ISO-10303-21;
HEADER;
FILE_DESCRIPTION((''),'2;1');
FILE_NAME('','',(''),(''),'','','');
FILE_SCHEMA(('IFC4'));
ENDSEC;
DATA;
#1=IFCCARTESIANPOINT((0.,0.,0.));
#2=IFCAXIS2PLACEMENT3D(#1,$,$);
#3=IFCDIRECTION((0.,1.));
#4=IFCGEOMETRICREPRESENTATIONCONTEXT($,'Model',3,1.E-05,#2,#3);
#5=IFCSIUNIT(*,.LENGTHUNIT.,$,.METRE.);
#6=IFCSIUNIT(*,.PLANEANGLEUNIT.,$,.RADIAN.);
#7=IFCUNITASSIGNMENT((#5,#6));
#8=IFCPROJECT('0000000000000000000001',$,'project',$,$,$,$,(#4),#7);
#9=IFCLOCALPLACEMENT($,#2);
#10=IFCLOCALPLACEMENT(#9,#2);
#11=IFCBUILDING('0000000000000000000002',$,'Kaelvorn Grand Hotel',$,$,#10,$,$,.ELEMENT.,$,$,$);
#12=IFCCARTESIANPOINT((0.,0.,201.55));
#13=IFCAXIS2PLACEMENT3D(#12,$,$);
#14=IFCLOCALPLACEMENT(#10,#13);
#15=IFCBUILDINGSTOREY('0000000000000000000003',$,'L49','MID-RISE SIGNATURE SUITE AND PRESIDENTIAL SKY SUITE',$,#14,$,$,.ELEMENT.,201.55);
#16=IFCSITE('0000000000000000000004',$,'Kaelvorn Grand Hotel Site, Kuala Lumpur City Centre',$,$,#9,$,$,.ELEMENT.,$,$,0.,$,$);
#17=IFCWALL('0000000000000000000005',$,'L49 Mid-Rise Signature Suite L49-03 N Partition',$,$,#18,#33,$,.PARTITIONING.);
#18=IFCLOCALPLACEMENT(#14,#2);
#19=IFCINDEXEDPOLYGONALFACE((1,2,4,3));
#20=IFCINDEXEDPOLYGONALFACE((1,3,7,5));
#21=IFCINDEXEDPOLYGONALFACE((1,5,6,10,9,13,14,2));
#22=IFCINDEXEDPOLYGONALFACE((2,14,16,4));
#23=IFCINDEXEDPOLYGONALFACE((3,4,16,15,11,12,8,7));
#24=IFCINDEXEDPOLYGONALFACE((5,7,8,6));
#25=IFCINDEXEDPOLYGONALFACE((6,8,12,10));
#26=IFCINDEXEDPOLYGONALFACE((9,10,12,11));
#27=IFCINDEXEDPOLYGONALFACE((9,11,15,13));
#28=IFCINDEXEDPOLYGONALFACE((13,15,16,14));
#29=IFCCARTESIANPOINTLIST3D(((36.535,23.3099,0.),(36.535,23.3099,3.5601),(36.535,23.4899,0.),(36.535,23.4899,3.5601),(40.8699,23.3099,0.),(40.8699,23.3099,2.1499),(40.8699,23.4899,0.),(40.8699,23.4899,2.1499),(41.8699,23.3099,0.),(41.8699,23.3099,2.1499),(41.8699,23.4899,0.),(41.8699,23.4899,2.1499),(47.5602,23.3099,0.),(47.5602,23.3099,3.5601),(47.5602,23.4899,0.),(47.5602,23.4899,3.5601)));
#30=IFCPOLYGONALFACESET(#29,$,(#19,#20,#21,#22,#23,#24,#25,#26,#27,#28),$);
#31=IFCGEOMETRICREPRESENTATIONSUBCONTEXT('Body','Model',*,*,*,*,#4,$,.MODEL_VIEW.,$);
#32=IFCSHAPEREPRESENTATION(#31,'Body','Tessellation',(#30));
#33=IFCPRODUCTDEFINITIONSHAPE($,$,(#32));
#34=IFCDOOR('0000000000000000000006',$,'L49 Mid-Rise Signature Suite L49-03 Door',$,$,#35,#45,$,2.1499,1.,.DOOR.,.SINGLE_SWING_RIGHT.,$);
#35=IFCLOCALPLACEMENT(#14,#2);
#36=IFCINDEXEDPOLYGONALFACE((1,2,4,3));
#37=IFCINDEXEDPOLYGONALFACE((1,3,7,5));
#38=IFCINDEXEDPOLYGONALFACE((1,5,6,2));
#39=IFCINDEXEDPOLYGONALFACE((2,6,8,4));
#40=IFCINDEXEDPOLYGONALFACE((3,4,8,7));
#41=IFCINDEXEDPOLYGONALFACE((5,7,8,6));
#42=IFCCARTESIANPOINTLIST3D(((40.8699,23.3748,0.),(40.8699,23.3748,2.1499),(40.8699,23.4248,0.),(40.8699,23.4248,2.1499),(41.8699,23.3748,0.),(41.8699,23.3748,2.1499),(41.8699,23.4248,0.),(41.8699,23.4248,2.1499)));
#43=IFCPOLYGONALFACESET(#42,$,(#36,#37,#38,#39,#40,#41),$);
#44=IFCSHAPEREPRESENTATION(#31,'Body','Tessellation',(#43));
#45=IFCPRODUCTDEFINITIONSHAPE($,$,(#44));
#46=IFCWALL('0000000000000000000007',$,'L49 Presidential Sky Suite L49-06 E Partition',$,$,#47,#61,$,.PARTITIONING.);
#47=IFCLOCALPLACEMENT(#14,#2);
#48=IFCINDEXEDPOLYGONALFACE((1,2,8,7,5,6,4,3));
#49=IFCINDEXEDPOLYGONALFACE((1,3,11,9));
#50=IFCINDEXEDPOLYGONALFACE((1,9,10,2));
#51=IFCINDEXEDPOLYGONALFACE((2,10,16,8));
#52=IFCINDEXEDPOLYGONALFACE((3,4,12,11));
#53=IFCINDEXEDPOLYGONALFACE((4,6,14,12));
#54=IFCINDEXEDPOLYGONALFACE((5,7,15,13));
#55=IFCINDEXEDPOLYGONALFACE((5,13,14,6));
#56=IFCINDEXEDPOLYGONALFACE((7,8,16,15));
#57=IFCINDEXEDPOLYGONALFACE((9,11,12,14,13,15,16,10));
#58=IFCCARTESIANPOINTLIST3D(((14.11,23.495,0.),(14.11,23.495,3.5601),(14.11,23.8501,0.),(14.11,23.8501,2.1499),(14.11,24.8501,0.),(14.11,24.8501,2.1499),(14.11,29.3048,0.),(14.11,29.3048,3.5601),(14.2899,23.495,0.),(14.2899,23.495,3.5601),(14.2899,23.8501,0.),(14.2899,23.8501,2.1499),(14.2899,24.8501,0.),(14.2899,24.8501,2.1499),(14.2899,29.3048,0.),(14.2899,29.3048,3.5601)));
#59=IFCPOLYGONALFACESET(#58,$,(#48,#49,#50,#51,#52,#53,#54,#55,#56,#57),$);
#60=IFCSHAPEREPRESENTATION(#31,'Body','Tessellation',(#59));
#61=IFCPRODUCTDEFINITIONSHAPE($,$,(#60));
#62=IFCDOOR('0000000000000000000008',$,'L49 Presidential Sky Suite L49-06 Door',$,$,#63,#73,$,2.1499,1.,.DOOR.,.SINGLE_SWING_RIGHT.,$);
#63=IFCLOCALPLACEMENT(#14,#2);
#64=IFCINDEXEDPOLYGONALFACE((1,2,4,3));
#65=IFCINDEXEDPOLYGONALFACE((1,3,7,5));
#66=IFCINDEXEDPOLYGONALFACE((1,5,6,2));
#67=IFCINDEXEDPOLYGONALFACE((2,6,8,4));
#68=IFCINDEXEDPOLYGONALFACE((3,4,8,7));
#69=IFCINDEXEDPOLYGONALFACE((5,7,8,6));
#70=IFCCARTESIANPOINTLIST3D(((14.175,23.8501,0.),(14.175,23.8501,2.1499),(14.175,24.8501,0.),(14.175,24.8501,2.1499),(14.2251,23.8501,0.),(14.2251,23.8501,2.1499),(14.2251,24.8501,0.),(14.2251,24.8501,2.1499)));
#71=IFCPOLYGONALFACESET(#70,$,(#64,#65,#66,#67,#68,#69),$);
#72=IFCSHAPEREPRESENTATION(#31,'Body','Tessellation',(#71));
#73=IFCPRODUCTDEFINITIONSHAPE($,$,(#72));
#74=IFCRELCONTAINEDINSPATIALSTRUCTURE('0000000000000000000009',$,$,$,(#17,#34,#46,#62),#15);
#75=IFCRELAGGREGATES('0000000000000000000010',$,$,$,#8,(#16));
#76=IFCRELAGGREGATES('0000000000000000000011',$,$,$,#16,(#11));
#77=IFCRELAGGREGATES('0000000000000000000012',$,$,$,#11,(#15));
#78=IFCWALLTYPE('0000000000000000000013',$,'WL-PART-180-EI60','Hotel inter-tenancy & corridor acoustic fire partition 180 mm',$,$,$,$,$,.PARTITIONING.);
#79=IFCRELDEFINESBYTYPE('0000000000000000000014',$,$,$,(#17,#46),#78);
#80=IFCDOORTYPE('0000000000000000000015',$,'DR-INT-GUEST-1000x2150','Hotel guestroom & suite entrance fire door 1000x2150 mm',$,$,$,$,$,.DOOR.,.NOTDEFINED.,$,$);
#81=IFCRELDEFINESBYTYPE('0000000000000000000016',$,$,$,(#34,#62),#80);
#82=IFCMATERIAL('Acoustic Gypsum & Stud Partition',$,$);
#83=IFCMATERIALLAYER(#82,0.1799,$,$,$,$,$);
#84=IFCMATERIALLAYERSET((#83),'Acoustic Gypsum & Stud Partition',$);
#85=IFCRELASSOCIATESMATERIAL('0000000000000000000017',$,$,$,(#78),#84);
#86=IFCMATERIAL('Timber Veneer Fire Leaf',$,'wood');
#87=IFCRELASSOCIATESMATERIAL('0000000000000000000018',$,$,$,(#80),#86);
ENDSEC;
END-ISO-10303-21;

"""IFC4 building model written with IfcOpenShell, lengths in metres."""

from ifc_helpers import new_model, si_unit, direction, frame, frame_2d, origin, place, context, subcontext, project, spatial, rectangle, extrude, material, layer, layer_set, type_object, element, fill, save


model = new_model("IFC4")

# Units and contexts
model_context = context("Model", 3, precision=1e-05, world=origin(), true_north=direction((0.0, 1.0)))
body_context = subcontext(model_context, "Body", "Model", "MODEL_VIEW")
ifc_project = project(units=[si_unit("LENGTHUNIT", "METRE"), si_unit("PLANEANGLEUNIT", "RADIAN")], contexts=[model_context])

# Site, building, storey
site_placement = place(None, origin())
site = spatial("IfcSite", under=ifc_project, at=site_placement, Name="Kaelvorn Grand Hotel Site, Kuala Lumpur City Centre", CompositionType="ELEMENT", RefElevation=0.0)
building_placement = place(site_placement, origin())
building = spatial("IfcBuilding", under=site, at=building_placement, Name="Kaelvorn Grand Hotel", CompositionType="ELEMENT")
storey_placement = place(building_placement, frame((0.0, 0.0, 201.55)))
storey = spatial("IfcBuildingStorey", under=building, at=storey_placement, Name="L49", Description="MID-RISE SIGNATURE SUITE AND PRESIDENTIAL SKY SUITE", CompositionType="ELEMENT", Elevation=201.55)

# Walls, openings, doors
ifc_material_1 = material(Name="Acoustic Gypsum & Stud Partition")
ifc_layer_1 = layer(ifc_material_1, 0.1799)
ifc_layer_set_1 = layer_set([ifc_layer_1], Name="Acoustic Gypsum & Stud Partition")
wall_type_1 = type_object("IfcWallType", Name="WL-PART-180-EI60", Description="Hotel inter-tenancy & corridor acoustic fire partition 180 mm", PredefinedType="PARTITIONING", material=ifc_layer_set_1)
ifc_material_2 = material(Name="Timber Veneer Fire Leaf", Category="wood")
door_type_1 = type_object("IfcDoorType", Name="DR-INT-GUEST-1000x2150", Description="Hotel guestroom & suite entrance fire door 1000x2150 mm", OperationType="NOTDEFINED", PredefinedType="DOOR", material=ifc_material_2)
wall_1_placement = place(storey_placement, frame((36.5349, 23.3999, 0.0), z_axis=(0.0, 0.0, 1.0), x_axis=(1.0, 0.0, 0.0)))
wall_1 = element("IfcWall", 1, at=wall_1_placement, inside=storey, type_object=wall_type_1, Name="L49 Mid-Rise Signature Suite L49-03 N Partition", PredefinedType="PARTITIONING", context=body_context, shape_type="SweptSolid", body=[
    extrude(rectangle(XDim=11.0251, YDim=0.1799, at=frame_2d((5.5127, 0.0))), origin(), (0.0, 0.0, 1.0), 3.5601),
])
opening_1_placement = place(wall_1_placement, frame((4.335, 0.0, 0.0)))
opening_1 = element("IfcOpeningElement", 2, at=opening_1_placement, cuts=wall_1, PredefinedType="OPENING", context=body_context, shape_type="SweptSolid", body=[
    extrude(rectangle(XDim=1.0, YDim=2.1499, at=frame_2d((0.5, 1.075))), frame((0.0, 0.1001, 0.0), z_axis=(0.0, -1.0, 0.0), x_axis=(1.0, 0.0, 0.0)), (0.0, 0.0, 1.0), 0.2),
])
door_1_placement = place(opening_1_placement, origin())
door_1 = element("IfcDoor", 3, at=door_1_placement, inside=storey, type_object=door_type_1, Name="L49 Mid-Rise Signature Suite L49-03 Door", OperationType="SINGLE_SWING_RIGHT", OverallHeight=2.1499, OverallWidth=1.0, PredefinedType="DOOR", context=body_context, shape_type="SweptSolid", body=[
    extrude(rectangle(XDim=1.0, YDim=2.1499, at=frame_2d((0.5, 1.075))), frame((0.0, 0.0249, 0.0), z_axis=(0.0, -1.0, 0.0), x_axis=(1.0, 0.0, 0.0)), (0.0, 0.0, 1.0), 0.05),
])
fill(opening_1, door_1)
wall_2_placement = place(storey_placement, frame((14.2, 23.4951, 0.0), z_axis=(0.0, 0.0, 1.0), x_axis=(0.0, 1.0, 0.0)))
wall_2 = element("IfcWall", 4, at=wall_2_placement, inside=storey, type_object=wall_type_1, Name="L49 Presidential Sky Suite L49-06 E Partition", PredefinedType="PARTITIONING", context=body_context, shape_type="SweptSolid", body=[
    extrude(rectangle(XDim=5.8098, YDim=0.1799, at=frame_2d((2.9048, 0.0))), origin(), (0.0, 0.0, 1.0), 3.5601),
])
opening_2_placement = place(wall_2_placement, frame((0.355, 0.0, 0.0)))
opening_2 = element("IfcOpeningElement", 5, at=opening_2_placement, cuts=wall_2, PredefinedType="OPENING", context=body_context, shape_type="SweptSolid", body=[
    extrude(rectangle(XDim=1.0, YDim=2.1499, at=frame_2d((0.5, 1.075))), frame((0.0, 0.1001, 0.0), z_axis=(0.0, -1.0, 0.0), x_axis=(1.0, 0.0, 0.0)), (0.0, 0.0, 1.0), 0.2),
])
door_2_placement = place(opening_2_placement, origin())
door_2 = element("IfcDoor", 6, at=door_2_placement, inside=storey, type_object=door_type_1, Name="L49 Presidential Sky Suite L49-06 Door", OperationType="SINGLE_SWING_RIGHT", OverallHeight=2.1499, OverallWidth=1.0, PredefinedType="DOOR", context=body_context, shape_type="SweptSolid", body=[
    extrude(rectangle(XDim=1.0, YDim=2.1499, at=frame_2d((0.5, 1.075))), frame((0.0, 0.0249, 0.0), z_axis=(0.0, -1.0, 0.0), x_axis=(1.0, 0.0, 0.0)), (0.0, 0.0, 1.0), 0.05),
])
fill(opening_2, door_2)

save(model, "model.ifc")
